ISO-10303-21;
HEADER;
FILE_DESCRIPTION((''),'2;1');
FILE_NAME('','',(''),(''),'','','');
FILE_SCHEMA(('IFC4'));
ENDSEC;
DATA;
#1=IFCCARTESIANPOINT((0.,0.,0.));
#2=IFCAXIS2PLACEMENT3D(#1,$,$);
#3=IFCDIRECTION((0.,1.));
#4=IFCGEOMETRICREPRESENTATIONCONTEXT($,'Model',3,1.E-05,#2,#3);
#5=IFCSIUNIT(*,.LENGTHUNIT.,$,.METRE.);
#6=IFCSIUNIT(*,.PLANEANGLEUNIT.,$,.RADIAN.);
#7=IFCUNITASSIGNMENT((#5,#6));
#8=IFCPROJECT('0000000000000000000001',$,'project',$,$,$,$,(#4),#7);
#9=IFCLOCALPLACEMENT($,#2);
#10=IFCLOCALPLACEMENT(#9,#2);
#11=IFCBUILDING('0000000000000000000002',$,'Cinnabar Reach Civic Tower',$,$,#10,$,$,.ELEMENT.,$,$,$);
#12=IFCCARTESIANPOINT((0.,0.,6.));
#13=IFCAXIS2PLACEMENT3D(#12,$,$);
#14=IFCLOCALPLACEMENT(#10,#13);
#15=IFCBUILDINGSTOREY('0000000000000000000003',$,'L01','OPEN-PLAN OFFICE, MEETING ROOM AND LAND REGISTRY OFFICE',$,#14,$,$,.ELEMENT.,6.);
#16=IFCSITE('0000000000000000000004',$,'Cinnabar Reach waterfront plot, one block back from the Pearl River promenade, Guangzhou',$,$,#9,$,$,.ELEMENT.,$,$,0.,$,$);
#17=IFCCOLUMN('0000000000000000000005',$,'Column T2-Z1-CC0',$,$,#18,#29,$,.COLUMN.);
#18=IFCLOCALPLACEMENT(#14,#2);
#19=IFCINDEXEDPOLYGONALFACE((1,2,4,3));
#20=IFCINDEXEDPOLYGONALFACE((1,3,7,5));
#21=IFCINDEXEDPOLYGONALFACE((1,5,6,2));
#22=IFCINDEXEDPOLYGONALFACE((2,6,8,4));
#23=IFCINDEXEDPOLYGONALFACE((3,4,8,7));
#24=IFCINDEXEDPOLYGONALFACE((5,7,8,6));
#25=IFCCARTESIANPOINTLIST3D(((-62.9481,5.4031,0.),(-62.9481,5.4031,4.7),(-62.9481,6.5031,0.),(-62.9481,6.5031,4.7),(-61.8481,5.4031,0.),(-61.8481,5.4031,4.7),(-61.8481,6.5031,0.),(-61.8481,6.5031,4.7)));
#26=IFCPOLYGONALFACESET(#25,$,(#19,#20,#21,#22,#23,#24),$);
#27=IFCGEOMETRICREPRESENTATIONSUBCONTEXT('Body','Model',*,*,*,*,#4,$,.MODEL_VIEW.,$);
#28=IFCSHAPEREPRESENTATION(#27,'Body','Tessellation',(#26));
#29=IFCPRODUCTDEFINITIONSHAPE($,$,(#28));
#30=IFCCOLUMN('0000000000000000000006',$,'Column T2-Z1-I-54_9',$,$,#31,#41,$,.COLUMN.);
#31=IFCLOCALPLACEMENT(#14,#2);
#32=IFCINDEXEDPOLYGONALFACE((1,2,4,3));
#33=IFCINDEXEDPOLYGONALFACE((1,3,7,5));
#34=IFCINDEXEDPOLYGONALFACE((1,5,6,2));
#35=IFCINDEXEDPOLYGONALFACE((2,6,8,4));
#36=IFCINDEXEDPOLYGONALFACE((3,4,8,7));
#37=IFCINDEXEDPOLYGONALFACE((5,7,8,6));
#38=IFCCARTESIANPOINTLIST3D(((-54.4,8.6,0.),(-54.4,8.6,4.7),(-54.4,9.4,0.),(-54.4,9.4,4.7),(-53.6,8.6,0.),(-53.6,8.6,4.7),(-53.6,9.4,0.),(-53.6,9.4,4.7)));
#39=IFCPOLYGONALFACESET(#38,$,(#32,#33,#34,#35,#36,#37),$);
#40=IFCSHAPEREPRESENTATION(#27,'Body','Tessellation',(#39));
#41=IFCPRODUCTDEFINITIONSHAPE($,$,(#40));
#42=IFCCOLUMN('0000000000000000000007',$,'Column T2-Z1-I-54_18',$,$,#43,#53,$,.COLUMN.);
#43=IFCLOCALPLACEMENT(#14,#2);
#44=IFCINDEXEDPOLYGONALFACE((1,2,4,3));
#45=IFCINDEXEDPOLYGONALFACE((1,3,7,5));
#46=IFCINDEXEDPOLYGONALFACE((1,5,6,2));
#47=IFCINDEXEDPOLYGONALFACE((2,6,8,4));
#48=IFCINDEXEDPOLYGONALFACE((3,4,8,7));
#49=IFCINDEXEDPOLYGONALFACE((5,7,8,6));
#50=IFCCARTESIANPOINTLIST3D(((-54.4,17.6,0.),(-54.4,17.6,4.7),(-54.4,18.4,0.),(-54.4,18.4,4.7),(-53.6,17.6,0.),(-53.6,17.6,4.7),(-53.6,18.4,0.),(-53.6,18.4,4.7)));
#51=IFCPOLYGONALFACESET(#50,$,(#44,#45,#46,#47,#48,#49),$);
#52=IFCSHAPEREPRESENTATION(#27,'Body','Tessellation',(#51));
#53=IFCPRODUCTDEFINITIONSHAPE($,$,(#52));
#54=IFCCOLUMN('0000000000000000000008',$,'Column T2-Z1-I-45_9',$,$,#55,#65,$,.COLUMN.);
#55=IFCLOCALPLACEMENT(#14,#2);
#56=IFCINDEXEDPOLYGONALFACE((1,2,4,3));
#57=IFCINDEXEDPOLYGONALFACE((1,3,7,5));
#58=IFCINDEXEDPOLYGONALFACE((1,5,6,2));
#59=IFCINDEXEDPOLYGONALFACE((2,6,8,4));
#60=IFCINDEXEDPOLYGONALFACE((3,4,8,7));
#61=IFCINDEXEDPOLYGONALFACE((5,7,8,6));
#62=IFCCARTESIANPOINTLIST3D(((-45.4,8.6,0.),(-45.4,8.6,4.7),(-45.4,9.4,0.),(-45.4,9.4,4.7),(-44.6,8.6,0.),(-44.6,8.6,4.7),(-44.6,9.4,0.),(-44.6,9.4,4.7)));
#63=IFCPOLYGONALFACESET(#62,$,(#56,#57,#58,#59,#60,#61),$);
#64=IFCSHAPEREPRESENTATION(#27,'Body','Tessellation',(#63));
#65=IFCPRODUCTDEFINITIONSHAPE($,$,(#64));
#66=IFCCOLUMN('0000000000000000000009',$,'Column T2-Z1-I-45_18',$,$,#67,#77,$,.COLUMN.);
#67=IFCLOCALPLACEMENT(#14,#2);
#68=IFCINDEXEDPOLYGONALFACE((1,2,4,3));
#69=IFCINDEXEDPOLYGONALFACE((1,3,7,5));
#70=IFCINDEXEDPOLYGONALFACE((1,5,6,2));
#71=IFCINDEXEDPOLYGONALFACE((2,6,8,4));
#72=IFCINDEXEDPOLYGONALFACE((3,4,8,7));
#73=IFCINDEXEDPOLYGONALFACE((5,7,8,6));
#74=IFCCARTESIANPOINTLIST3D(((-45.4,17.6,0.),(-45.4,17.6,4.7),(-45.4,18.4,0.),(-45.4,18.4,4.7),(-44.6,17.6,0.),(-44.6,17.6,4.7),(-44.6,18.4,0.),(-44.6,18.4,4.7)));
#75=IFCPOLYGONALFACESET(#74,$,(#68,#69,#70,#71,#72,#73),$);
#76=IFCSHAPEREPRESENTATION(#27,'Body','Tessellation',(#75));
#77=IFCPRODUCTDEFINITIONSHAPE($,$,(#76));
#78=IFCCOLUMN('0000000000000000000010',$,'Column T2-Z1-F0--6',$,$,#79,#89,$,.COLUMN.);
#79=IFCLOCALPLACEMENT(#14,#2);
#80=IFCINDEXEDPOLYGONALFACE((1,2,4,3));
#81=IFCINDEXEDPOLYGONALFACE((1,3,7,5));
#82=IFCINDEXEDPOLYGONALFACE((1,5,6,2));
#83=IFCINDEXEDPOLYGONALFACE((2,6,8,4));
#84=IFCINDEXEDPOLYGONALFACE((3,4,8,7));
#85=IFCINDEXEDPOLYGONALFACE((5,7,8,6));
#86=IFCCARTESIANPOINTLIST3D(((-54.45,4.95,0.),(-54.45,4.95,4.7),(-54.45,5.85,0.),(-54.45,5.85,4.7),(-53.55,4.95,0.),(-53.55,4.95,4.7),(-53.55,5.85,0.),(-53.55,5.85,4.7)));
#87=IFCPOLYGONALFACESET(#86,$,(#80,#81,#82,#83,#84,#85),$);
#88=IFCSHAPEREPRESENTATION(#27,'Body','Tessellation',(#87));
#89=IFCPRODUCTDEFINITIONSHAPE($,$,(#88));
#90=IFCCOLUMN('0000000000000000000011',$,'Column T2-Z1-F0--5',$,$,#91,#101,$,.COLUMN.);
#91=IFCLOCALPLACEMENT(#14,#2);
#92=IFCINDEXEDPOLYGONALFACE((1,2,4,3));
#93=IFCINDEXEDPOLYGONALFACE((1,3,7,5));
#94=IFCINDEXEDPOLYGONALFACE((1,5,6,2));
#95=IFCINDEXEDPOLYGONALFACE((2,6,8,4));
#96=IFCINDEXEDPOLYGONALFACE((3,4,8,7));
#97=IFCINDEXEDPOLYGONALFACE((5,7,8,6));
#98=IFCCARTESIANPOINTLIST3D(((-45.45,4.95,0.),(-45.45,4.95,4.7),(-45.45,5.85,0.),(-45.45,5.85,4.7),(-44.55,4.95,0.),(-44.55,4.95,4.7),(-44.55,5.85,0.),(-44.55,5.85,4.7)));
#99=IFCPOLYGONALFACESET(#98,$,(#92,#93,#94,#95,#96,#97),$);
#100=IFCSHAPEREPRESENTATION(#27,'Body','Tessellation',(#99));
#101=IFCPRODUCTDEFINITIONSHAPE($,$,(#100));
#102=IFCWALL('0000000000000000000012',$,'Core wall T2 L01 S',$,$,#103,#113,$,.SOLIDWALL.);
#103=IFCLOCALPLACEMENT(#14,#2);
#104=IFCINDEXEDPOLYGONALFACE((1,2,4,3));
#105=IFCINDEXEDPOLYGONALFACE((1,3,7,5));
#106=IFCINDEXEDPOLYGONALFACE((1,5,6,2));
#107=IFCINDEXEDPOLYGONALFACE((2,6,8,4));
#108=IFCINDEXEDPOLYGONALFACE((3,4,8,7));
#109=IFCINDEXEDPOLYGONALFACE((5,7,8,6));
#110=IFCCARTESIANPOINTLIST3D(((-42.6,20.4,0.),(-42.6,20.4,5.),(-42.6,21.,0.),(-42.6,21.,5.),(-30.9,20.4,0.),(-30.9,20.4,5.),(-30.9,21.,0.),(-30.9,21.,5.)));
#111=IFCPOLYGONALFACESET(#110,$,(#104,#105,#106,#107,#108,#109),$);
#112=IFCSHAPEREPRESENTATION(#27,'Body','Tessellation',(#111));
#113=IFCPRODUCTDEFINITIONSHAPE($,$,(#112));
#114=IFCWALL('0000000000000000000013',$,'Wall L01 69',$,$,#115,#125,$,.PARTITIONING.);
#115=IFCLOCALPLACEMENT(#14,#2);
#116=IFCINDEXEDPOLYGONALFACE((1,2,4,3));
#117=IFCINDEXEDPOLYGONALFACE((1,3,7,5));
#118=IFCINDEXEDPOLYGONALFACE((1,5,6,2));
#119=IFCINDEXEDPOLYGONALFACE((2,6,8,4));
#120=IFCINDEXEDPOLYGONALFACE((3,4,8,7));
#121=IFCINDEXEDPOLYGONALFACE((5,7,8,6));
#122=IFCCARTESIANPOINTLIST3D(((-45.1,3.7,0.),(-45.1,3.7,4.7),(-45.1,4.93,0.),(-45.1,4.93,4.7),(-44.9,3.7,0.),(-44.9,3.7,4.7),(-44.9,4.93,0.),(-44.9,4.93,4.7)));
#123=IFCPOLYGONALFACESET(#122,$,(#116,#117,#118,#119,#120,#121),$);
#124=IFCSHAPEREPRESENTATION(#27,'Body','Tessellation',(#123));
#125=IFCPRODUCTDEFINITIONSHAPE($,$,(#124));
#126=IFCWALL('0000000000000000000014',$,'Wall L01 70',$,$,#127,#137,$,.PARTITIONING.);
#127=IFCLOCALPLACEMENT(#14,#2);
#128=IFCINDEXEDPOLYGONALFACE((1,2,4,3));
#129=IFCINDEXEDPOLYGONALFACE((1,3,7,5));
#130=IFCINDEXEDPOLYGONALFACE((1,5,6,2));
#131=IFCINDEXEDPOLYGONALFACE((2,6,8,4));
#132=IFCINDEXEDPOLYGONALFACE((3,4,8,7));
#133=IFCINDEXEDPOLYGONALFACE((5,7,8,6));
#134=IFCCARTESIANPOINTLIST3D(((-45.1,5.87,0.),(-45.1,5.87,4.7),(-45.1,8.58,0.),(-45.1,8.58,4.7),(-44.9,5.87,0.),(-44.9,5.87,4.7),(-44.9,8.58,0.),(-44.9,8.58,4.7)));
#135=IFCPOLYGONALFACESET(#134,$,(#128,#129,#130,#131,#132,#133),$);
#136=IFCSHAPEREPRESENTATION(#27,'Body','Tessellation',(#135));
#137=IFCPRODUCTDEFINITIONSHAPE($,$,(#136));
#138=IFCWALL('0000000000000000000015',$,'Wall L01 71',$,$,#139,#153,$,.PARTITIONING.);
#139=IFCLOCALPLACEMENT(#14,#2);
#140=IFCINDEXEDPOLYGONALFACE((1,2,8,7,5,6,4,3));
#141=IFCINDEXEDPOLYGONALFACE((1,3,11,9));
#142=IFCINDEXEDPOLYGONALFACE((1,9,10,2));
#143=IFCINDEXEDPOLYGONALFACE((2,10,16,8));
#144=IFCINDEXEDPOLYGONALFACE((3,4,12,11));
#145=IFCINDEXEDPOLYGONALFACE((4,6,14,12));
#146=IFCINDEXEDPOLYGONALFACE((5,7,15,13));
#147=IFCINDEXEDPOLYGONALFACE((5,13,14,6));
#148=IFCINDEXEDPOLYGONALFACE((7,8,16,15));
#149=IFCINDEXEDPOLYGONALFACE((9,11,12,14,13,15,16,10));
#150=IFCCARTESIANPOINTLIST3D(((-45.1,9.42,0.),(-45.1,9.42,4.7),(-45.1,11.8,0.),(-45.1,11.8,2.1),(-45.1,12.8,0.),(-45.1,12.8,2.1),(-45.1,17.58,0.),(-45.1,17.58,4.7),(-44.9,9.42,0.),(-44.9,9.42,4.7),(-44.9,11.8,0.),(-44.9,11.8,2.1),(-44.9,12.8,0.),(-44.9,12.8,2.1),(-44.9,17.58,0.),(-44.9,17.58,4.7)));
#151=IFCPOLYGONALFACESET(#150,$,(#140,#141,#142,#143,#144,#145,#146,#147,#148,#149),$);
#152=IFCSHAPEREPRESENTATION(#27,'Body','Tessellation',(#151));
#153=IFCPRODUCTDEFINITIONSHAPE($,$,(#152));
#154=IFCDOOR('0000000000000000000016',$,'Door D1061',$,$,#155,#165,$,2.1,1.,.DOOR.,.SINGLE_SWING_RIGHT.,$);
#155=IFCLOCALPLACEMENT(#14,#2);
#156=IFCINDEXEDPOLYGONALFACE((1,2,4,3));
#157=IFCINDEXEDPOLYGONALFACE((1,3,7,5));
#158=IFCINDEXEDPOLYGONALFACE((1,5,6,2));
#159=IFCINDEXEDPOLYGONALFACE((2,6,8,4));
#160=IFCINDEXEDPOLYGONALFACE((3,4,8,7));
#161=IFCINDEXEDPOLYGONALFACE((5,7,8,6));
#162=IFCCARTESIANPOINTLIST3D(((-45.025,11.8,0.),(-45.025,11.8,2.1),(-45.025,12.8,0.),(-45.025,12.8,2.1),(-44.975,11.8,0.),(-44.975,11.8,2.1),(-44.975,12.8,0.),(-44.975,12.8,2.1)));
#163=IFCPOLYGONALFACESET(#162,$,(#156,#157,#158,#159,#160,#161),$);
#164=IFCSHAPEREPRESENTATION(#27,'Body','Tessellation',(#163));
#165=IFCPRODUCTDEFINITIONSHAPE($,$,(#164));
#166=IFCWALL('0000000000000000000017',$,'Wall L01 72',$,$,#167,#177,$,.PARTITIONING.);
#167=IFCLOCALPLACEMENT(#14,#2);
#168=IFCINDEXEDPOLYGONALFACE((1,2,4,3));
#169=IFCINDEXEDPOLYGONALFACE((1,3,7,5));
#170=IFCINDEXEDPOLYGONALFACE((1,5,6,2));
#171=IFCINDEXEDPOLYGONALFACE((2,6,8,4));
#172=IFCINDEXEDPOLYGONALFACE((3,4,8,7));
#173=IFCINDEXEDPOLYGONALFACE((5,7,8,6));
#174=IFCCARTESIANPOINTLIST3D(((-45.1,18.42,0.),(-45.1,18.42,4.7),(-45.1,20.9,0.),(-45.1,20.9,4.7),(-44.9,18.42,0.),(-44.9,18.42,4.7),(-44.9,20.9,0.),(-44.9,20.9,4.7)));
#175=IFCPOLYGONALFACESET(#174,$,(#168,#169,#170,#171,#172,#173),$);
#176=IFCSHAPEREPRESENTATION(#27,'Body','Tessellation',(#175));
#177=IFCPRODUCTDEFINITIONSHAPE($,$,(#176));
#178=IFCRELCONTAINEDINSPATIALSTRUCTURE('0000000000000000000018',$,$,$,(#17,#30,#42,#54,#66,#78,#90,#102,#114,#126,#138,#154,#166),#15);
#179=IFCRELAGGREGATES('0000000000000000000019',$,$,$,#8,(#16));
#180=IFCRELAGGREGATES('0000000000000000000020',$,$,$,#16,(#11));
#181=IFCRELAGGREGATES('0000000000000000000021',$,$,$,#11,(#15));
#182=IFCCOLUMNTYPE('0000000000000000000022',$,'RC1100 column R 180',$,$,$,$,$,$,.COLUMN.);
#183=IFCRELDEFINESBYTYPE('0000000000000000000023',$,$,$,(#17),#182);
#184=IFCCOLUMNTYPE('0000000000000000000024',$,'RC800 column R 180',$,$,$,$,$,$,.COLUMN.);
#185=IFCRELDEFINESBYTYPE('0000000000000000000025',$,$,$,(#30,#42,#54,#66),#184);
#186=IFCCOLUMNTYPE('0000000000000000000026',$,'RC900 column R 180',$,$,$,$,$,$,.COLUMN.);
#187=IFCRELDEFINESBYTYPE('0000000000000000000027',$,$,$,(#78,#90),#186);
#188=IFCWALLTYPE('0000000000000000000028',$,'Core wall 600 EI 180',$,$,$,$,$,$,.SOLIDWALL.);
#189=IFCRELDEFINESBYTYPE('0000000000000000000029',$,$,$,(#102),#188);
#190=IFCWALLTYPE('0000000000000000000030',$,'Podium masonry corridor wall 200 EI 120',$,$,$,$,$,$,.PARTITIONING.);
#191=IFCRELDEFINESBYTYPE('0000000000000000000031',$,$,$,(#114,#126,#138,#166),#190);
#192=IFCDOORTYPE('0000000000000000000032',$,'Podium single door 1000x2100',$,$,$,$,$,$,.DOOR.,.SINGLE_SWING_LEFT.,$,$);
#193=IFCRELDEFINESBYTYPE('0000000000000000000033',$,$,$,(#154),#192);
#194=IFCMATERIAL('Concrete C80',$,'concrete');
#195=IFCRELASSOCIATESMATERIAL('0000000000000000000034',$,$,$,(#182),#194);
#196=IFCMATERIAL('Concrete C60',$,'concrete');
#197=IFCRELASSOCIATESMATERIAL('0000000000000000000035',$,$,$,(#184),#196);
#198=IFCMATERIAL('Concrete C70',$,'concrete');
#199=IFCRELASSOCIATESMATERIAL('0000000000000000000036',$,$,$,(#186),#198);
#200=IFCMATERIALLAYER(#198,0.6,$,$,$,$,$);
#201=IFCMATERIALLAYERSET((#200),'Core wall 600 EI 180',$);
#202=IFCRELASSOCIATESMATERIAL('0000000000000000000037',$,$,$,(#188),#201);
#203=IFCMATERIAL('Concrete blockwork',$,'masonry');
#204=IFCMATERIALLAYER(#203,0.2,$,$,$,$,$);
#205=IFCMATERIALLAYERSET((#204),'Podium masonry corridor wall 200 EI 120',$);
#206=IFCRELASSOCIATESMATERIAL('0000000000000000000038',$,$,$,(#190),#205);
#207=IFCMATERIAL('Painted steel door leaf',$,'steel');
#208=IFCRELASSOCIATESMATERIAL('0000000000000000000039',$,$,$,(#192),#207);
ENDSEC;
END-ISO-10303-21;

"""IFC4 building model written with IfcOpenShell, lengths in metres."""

from ifc_helpers import new_model, si_unit, direction, frame, frame_2d, origin, origin_2d, place, context, subcontext, project, spatial, rectangle, extrude, material, layer, layer_set, material_profile, profile_set, type_object, element, fill, save


model = new_model("IFC4")

# Units and contexts
model_context = context("Model", 3, precision=1e-05, world=origin(), true_north=direction((0.0, 1.0)))
body_context = subcontext(model_context, "Body", "Model", "MODEL_VIEW")
ifc_project = project(units=[si_unit("LENGTHUNIT", "METRE"), si_unit("PLANEANGLEUNIT", "RADIAN")], contexts=[model_context])

# Site, building, storey
site_placement = place(None, origin())
site = spatial("IfcSite", under=ifc_project, at=site_placement, Name="Cinnabar Reach waterfront plot, one block back from the Pearl River promenade, Guangzhou", CompositionType="ELEMENT", RefElevation=0.0)
building_placement = place(site_placement, origin())
building = spatial("IfcBuilding", under=site, at=building_placement, Name="Cinnabar Reach Civic Tower", CompositionType="ELEMENT")
storey_placement = place(building_placement, frame((0.0, 0.0, 6.0)))
storey = spatial("IfcBuildingStorey", under=building, at=storey_placement, Name="L01", Description="OPEN-PLAN OFFICE, MEETING ROOM AND LAND REGISTRY OFFICE", CompositionType="ELEMENT", Elevation=6.0)

# Columns
ifc_material_1 = material(Name="Concrete C80", Category="concrete")
ifc_material_profile_1 = material_profile(ifc_material_1, rectangle(XDim=1.1, YDim=1.1, at=origin_2d()), Name="RC1100")
ifc_profile_set_1 = profile_set([ifc_material_profile_1], Name="Concrete C80")
column_type_1 = type_object("IfcColumnType", Name="RC1100 column R 180", PredefinedType="COLUMN", material=ifc_profile_set_1)
column_placement = place(storey_placement, frame((-62.3981, 5.9531, 0.0), z_axis=(0.0, 0.0, 1.0), x_axis=(1.0, 0.0, 0.0)))
element("IfcColumn", 1, at=column_placement, inside=storey, type_object=column_type_1, Name="Column T2-Z1-CC0", PredefinedType="COLUMN", context=body_context, shape_type="SweptSolid", body=[
    extrude(rectangle(XDim=1.1, YDim=1.1, at=origin_2d()), origin(), (0.0, 0.0, 1.0), 4.7),
])
ifc_material_2 = material(Name="Concrete C60", Category="concrete")
ifc_material_profile_2 = material_profile(ifc_material_2, rectangle(XDim=0.8, YDim=0.8, at=origin_2d()), Name="RC800")
ifc_profile_set_2 = profile_set([ifc_material_profile_2], Name="Concrete C60")
column_type_2 = type_object("IfcColumnType", Name="RC800 column R 180", PredefinedType="COLUMN", material=ifc_profile_set_2)
for number, where, z_axis, x_axis, name in (
    (2, (-54.0, 9.0, 0.0), (0.0, 0.0, 1.0), (1.0, 0.0, 0.0), "Column T2-Z1-I-54_9"),
    (3, (-54.0, 18.0, 0.0), (0.0, 0.0, 1.0), (1.0, 0.0, 0.0), "Column T2-Z1-I-54_18"),
    (4, (-45.0, 9.0, 0.0), (0.0, 0.0, 1.0), (1.0, 0.0, 0.0), "Column T2-Z1-I-45_9"),
    (5, (-45.0, 18.0, 0.0), (0.0, 0.0, 1.0), (1.0, 0.0, 0.0), "Column T2-Z1-I-45_18"),
):
    element("IfcColumn", number, at=place(storey_placement, frame(where, z_axis=z_axis, x_axis=x_axis)), inside=storey, type_object=column_type_2, Name=name, PredefinedType="COLUMN", context=body_context, shape_type="SweptSolid", body=[
        extrude(rectangle(XDim=0.8, YDim=0.8, at=origin_2d()), origin(), (0.0, 0.0, 1.0), 4.7),
    ])
ifc_material_3 = material(Name="Concrete C70", Category="concrete")
ifc_material_profile_3 = material_profile(ifc_material_3, rectangle(XDim=0.9, YDim=0.9, at=origin_2d()), Name="RC900")
ifc_profile_set_3 = profile_set([ifc_material_profile_3], Name="Concrete C70")
column_type_3 = type_object("IfcColumnType", Name="RC900 column R 180", PredefinedType="COLUMN", material=ifc_profile_set_3)
for number, where, z_axis, x_axis, name in (
    (6, (-54.0, 5.4, 0.0), (0.0, 0.0, 1.0), (1.0, 0.0, 0.0), "Column T2-Z1-F0--6"),
    (7, (-45.0, 5.4, 0.0), (0.0, 0.0, 1.0), (1.0, 0.0, 0.0), "Column T2-Z1-F0--5"),
):
    element("IfcColumn", number, at=place(storey_placement, frame(where, z_axis=z_axis, x_axis=x_axis)), inside=storey, type_object=column_type_3, Name=name, PredefinedType="COLUMN", context=body_context, shape_type="SweptSolid", body=[
        extrude(rectangle(XDim=0.9, YDim=0.9, at=origin_2d()), origin(), (0.0, 0.0, 1.0), 4.7),
    ])

# Walls
ifc_layer_1 = layer(ifc_material_3, 0.6)
ifc_layer_set_1 = layer_set([ifc_layer_1], Name="Core wall 600 EI 180")
wall_type_1 = type_object("IfcWallType", Name="Core wall 600 EI 180", PredefinedType="SOLIDWALL", material=ifc_layer_set_1)
wall_1_placement = place(storey_placement, frame((-42.6, 20.7, 0.0), z_axis=(0.0, 0.0, 1.0), x_axis=(1.0, 0.0, 0.0)))
element("IfcWall", 8, at=wall_1_placement, inside=storey, type_object=wall_type_1, Name="Core wall T2 L01 S", PredefinedType="SOLIDWALL", context=body_context, shape_type="SweptSolid", body=[
    extrude(rectangle(XDim=11.7, YDim=0.6, at=frame_2d((5.85, 0.0))), origin(), (0.0, 0.0, 1.0), 5.0),
])
ifc_material_4 = material(Name="Concrete blockwork", Category="masonry")
ifc_layer_2 = layer(ifc_material_4, 0.2)
ifc_layer_set_2 = layer_set([ifc_layer_2], Name="Podium masonry corridor wall 200 EI 120")
wall_type_2 = type_object("IfcWallType", Name="Podium masonry corridor wall 200 EI 120", PredefinedType="PARTITIONING", material=ifc_layer_set_2)
wall_2_placement = place(storey_placement, frame((-45.0, 3.7, 0.0), z_axis=(0.0, 0.0, 1.0), x_axis=(0.0, 1.0, 0.0)))
element("IfcWall", 9, at=wall_2_placement, inside=storey, type_object=wall_type_2, Name="Wall L01 69", PredefinedType="PARTITIONING", context=body_context, shape_type="SweptSolid", body=[
    extrude(rectangle(XDim=1.23, YDim=0.2, at=frame_2d((0.615, 0.0))), origin(), (0.0, 0.0, 1.0), 4.7),
])
wall_3_placement = place(storey_placement, frame((-45.0, 5.87, 0.0), z_axis=(0.0, 0.0, 1.0), x_axis=(0.0, 1.0, 0.0)))
element("IfcWall", 10, at=wall_3_placement, inside=storey, type_object=wall_type_2, Name="Wall L01 70", PredefinedType="PARTITIONING", context=body_context, shape_type="SweptSolid", body=[
    extrude(rectangle(XDim=2.71, YDim=0.2, at=frame_2d((1.355, 0.0))), origin(), (0.0, 0.0, 1.0), 4.7),
])

# Wall, opening, door
wall_4_placement = place(storey_placement, frame((-45.0, 9.42, 0.0), z_axis=(0.0, 0.0, 1.0), x_axis=(0.0, 1.0, 0.0)))
wall_4 = element("IfcWall", 11, at=wall_4_placement, inside=storey, type_object=wall_type_2, Name="Wall L01 71", PredefinedType="PARTITIONING", context=body_context, shape_type="SweptSolid", body=[
    extrude(rectangle(XDim=8.16, YDim=0.2, at=frame_2d((4.08, 0.0))), origin(), (0.0, 0.0, 1.0), 4.7),
])
opening_1_placement = place(wall_4_placement, frame((2.38, 0.0, 0.0)))
opening_1 = element("IfcOpeningElement", 12, at=opening_1_placement, cuts=wall_4, PredefinedType="OPENING", context=body_context, shape_type="SweptSolid", body=[
    extrude(rectangle(XDim=1.0, YDim=2.1, at=frame_2d((0.5, 1.05))), frame((0.0, 0.11, 0.0), z_axis=(0.0, -1.0, 0.0), x_axis=(1.0, 0.0, 0.0)), (0.0, 0.0, 1.0), 0.22),
])
ifc_material_5 = material(Name="Painted steel door leaf", Category="steel")
door_type_1 = type_object("IfcDoorType", Name="Podium single door 1000x2100", OperationType="SINGLE_SWING_LEFT", PredefinedType="DOOR", material=ifc_material_5)
door_1_placement = place(opening_1_placement, origin())
door_1 = element("IfcDoor", 13, at=door_1_placement, inside=storey, type_object=door_type_1, Name="Door D1061", OperationType="SINGLE_SWING_RIGHT", OverallHeight=2.1, OverallWidth=1.0, PredefinedType="DOOR", context=body_context, shape_type="SweptSolid", body=[
    extrude(rectangle(XDim=1.0, YDim=2.1, at=frame_2d((0.5, 1.05))), frame((0.0, 0.025, 0.0), z_axis=(0.0, -1.0, 0.0), x_axis=(1.0, 0.0, 0.0)), (0.0, 0.0, 1.0), 0.05),
])
fill(opening_1, door_1)

# Wall
wall_5_placement = place(storey_placement, frame((-45.0, 18.42, 0.0), z_axis=(0.0, 0.0, 1.0), x_axis=(0.0, 1.0, 0.0)))
element("IfcWall", 14, at=wall_5_placement, inside=storey, type_object=wall_type_2, Name="Wall L01 72", PredefinedType="PARTITIONING", context=body_context, shape_type="SweptSolid", body=[
    extrude(rectangle(XDim=2.48, YDim=0.2, at=frame_2d((1.24, 0.0))), origin(), (0.0, 0.0, 1.0), 4.7),
])

save(model, "model.ifc")
